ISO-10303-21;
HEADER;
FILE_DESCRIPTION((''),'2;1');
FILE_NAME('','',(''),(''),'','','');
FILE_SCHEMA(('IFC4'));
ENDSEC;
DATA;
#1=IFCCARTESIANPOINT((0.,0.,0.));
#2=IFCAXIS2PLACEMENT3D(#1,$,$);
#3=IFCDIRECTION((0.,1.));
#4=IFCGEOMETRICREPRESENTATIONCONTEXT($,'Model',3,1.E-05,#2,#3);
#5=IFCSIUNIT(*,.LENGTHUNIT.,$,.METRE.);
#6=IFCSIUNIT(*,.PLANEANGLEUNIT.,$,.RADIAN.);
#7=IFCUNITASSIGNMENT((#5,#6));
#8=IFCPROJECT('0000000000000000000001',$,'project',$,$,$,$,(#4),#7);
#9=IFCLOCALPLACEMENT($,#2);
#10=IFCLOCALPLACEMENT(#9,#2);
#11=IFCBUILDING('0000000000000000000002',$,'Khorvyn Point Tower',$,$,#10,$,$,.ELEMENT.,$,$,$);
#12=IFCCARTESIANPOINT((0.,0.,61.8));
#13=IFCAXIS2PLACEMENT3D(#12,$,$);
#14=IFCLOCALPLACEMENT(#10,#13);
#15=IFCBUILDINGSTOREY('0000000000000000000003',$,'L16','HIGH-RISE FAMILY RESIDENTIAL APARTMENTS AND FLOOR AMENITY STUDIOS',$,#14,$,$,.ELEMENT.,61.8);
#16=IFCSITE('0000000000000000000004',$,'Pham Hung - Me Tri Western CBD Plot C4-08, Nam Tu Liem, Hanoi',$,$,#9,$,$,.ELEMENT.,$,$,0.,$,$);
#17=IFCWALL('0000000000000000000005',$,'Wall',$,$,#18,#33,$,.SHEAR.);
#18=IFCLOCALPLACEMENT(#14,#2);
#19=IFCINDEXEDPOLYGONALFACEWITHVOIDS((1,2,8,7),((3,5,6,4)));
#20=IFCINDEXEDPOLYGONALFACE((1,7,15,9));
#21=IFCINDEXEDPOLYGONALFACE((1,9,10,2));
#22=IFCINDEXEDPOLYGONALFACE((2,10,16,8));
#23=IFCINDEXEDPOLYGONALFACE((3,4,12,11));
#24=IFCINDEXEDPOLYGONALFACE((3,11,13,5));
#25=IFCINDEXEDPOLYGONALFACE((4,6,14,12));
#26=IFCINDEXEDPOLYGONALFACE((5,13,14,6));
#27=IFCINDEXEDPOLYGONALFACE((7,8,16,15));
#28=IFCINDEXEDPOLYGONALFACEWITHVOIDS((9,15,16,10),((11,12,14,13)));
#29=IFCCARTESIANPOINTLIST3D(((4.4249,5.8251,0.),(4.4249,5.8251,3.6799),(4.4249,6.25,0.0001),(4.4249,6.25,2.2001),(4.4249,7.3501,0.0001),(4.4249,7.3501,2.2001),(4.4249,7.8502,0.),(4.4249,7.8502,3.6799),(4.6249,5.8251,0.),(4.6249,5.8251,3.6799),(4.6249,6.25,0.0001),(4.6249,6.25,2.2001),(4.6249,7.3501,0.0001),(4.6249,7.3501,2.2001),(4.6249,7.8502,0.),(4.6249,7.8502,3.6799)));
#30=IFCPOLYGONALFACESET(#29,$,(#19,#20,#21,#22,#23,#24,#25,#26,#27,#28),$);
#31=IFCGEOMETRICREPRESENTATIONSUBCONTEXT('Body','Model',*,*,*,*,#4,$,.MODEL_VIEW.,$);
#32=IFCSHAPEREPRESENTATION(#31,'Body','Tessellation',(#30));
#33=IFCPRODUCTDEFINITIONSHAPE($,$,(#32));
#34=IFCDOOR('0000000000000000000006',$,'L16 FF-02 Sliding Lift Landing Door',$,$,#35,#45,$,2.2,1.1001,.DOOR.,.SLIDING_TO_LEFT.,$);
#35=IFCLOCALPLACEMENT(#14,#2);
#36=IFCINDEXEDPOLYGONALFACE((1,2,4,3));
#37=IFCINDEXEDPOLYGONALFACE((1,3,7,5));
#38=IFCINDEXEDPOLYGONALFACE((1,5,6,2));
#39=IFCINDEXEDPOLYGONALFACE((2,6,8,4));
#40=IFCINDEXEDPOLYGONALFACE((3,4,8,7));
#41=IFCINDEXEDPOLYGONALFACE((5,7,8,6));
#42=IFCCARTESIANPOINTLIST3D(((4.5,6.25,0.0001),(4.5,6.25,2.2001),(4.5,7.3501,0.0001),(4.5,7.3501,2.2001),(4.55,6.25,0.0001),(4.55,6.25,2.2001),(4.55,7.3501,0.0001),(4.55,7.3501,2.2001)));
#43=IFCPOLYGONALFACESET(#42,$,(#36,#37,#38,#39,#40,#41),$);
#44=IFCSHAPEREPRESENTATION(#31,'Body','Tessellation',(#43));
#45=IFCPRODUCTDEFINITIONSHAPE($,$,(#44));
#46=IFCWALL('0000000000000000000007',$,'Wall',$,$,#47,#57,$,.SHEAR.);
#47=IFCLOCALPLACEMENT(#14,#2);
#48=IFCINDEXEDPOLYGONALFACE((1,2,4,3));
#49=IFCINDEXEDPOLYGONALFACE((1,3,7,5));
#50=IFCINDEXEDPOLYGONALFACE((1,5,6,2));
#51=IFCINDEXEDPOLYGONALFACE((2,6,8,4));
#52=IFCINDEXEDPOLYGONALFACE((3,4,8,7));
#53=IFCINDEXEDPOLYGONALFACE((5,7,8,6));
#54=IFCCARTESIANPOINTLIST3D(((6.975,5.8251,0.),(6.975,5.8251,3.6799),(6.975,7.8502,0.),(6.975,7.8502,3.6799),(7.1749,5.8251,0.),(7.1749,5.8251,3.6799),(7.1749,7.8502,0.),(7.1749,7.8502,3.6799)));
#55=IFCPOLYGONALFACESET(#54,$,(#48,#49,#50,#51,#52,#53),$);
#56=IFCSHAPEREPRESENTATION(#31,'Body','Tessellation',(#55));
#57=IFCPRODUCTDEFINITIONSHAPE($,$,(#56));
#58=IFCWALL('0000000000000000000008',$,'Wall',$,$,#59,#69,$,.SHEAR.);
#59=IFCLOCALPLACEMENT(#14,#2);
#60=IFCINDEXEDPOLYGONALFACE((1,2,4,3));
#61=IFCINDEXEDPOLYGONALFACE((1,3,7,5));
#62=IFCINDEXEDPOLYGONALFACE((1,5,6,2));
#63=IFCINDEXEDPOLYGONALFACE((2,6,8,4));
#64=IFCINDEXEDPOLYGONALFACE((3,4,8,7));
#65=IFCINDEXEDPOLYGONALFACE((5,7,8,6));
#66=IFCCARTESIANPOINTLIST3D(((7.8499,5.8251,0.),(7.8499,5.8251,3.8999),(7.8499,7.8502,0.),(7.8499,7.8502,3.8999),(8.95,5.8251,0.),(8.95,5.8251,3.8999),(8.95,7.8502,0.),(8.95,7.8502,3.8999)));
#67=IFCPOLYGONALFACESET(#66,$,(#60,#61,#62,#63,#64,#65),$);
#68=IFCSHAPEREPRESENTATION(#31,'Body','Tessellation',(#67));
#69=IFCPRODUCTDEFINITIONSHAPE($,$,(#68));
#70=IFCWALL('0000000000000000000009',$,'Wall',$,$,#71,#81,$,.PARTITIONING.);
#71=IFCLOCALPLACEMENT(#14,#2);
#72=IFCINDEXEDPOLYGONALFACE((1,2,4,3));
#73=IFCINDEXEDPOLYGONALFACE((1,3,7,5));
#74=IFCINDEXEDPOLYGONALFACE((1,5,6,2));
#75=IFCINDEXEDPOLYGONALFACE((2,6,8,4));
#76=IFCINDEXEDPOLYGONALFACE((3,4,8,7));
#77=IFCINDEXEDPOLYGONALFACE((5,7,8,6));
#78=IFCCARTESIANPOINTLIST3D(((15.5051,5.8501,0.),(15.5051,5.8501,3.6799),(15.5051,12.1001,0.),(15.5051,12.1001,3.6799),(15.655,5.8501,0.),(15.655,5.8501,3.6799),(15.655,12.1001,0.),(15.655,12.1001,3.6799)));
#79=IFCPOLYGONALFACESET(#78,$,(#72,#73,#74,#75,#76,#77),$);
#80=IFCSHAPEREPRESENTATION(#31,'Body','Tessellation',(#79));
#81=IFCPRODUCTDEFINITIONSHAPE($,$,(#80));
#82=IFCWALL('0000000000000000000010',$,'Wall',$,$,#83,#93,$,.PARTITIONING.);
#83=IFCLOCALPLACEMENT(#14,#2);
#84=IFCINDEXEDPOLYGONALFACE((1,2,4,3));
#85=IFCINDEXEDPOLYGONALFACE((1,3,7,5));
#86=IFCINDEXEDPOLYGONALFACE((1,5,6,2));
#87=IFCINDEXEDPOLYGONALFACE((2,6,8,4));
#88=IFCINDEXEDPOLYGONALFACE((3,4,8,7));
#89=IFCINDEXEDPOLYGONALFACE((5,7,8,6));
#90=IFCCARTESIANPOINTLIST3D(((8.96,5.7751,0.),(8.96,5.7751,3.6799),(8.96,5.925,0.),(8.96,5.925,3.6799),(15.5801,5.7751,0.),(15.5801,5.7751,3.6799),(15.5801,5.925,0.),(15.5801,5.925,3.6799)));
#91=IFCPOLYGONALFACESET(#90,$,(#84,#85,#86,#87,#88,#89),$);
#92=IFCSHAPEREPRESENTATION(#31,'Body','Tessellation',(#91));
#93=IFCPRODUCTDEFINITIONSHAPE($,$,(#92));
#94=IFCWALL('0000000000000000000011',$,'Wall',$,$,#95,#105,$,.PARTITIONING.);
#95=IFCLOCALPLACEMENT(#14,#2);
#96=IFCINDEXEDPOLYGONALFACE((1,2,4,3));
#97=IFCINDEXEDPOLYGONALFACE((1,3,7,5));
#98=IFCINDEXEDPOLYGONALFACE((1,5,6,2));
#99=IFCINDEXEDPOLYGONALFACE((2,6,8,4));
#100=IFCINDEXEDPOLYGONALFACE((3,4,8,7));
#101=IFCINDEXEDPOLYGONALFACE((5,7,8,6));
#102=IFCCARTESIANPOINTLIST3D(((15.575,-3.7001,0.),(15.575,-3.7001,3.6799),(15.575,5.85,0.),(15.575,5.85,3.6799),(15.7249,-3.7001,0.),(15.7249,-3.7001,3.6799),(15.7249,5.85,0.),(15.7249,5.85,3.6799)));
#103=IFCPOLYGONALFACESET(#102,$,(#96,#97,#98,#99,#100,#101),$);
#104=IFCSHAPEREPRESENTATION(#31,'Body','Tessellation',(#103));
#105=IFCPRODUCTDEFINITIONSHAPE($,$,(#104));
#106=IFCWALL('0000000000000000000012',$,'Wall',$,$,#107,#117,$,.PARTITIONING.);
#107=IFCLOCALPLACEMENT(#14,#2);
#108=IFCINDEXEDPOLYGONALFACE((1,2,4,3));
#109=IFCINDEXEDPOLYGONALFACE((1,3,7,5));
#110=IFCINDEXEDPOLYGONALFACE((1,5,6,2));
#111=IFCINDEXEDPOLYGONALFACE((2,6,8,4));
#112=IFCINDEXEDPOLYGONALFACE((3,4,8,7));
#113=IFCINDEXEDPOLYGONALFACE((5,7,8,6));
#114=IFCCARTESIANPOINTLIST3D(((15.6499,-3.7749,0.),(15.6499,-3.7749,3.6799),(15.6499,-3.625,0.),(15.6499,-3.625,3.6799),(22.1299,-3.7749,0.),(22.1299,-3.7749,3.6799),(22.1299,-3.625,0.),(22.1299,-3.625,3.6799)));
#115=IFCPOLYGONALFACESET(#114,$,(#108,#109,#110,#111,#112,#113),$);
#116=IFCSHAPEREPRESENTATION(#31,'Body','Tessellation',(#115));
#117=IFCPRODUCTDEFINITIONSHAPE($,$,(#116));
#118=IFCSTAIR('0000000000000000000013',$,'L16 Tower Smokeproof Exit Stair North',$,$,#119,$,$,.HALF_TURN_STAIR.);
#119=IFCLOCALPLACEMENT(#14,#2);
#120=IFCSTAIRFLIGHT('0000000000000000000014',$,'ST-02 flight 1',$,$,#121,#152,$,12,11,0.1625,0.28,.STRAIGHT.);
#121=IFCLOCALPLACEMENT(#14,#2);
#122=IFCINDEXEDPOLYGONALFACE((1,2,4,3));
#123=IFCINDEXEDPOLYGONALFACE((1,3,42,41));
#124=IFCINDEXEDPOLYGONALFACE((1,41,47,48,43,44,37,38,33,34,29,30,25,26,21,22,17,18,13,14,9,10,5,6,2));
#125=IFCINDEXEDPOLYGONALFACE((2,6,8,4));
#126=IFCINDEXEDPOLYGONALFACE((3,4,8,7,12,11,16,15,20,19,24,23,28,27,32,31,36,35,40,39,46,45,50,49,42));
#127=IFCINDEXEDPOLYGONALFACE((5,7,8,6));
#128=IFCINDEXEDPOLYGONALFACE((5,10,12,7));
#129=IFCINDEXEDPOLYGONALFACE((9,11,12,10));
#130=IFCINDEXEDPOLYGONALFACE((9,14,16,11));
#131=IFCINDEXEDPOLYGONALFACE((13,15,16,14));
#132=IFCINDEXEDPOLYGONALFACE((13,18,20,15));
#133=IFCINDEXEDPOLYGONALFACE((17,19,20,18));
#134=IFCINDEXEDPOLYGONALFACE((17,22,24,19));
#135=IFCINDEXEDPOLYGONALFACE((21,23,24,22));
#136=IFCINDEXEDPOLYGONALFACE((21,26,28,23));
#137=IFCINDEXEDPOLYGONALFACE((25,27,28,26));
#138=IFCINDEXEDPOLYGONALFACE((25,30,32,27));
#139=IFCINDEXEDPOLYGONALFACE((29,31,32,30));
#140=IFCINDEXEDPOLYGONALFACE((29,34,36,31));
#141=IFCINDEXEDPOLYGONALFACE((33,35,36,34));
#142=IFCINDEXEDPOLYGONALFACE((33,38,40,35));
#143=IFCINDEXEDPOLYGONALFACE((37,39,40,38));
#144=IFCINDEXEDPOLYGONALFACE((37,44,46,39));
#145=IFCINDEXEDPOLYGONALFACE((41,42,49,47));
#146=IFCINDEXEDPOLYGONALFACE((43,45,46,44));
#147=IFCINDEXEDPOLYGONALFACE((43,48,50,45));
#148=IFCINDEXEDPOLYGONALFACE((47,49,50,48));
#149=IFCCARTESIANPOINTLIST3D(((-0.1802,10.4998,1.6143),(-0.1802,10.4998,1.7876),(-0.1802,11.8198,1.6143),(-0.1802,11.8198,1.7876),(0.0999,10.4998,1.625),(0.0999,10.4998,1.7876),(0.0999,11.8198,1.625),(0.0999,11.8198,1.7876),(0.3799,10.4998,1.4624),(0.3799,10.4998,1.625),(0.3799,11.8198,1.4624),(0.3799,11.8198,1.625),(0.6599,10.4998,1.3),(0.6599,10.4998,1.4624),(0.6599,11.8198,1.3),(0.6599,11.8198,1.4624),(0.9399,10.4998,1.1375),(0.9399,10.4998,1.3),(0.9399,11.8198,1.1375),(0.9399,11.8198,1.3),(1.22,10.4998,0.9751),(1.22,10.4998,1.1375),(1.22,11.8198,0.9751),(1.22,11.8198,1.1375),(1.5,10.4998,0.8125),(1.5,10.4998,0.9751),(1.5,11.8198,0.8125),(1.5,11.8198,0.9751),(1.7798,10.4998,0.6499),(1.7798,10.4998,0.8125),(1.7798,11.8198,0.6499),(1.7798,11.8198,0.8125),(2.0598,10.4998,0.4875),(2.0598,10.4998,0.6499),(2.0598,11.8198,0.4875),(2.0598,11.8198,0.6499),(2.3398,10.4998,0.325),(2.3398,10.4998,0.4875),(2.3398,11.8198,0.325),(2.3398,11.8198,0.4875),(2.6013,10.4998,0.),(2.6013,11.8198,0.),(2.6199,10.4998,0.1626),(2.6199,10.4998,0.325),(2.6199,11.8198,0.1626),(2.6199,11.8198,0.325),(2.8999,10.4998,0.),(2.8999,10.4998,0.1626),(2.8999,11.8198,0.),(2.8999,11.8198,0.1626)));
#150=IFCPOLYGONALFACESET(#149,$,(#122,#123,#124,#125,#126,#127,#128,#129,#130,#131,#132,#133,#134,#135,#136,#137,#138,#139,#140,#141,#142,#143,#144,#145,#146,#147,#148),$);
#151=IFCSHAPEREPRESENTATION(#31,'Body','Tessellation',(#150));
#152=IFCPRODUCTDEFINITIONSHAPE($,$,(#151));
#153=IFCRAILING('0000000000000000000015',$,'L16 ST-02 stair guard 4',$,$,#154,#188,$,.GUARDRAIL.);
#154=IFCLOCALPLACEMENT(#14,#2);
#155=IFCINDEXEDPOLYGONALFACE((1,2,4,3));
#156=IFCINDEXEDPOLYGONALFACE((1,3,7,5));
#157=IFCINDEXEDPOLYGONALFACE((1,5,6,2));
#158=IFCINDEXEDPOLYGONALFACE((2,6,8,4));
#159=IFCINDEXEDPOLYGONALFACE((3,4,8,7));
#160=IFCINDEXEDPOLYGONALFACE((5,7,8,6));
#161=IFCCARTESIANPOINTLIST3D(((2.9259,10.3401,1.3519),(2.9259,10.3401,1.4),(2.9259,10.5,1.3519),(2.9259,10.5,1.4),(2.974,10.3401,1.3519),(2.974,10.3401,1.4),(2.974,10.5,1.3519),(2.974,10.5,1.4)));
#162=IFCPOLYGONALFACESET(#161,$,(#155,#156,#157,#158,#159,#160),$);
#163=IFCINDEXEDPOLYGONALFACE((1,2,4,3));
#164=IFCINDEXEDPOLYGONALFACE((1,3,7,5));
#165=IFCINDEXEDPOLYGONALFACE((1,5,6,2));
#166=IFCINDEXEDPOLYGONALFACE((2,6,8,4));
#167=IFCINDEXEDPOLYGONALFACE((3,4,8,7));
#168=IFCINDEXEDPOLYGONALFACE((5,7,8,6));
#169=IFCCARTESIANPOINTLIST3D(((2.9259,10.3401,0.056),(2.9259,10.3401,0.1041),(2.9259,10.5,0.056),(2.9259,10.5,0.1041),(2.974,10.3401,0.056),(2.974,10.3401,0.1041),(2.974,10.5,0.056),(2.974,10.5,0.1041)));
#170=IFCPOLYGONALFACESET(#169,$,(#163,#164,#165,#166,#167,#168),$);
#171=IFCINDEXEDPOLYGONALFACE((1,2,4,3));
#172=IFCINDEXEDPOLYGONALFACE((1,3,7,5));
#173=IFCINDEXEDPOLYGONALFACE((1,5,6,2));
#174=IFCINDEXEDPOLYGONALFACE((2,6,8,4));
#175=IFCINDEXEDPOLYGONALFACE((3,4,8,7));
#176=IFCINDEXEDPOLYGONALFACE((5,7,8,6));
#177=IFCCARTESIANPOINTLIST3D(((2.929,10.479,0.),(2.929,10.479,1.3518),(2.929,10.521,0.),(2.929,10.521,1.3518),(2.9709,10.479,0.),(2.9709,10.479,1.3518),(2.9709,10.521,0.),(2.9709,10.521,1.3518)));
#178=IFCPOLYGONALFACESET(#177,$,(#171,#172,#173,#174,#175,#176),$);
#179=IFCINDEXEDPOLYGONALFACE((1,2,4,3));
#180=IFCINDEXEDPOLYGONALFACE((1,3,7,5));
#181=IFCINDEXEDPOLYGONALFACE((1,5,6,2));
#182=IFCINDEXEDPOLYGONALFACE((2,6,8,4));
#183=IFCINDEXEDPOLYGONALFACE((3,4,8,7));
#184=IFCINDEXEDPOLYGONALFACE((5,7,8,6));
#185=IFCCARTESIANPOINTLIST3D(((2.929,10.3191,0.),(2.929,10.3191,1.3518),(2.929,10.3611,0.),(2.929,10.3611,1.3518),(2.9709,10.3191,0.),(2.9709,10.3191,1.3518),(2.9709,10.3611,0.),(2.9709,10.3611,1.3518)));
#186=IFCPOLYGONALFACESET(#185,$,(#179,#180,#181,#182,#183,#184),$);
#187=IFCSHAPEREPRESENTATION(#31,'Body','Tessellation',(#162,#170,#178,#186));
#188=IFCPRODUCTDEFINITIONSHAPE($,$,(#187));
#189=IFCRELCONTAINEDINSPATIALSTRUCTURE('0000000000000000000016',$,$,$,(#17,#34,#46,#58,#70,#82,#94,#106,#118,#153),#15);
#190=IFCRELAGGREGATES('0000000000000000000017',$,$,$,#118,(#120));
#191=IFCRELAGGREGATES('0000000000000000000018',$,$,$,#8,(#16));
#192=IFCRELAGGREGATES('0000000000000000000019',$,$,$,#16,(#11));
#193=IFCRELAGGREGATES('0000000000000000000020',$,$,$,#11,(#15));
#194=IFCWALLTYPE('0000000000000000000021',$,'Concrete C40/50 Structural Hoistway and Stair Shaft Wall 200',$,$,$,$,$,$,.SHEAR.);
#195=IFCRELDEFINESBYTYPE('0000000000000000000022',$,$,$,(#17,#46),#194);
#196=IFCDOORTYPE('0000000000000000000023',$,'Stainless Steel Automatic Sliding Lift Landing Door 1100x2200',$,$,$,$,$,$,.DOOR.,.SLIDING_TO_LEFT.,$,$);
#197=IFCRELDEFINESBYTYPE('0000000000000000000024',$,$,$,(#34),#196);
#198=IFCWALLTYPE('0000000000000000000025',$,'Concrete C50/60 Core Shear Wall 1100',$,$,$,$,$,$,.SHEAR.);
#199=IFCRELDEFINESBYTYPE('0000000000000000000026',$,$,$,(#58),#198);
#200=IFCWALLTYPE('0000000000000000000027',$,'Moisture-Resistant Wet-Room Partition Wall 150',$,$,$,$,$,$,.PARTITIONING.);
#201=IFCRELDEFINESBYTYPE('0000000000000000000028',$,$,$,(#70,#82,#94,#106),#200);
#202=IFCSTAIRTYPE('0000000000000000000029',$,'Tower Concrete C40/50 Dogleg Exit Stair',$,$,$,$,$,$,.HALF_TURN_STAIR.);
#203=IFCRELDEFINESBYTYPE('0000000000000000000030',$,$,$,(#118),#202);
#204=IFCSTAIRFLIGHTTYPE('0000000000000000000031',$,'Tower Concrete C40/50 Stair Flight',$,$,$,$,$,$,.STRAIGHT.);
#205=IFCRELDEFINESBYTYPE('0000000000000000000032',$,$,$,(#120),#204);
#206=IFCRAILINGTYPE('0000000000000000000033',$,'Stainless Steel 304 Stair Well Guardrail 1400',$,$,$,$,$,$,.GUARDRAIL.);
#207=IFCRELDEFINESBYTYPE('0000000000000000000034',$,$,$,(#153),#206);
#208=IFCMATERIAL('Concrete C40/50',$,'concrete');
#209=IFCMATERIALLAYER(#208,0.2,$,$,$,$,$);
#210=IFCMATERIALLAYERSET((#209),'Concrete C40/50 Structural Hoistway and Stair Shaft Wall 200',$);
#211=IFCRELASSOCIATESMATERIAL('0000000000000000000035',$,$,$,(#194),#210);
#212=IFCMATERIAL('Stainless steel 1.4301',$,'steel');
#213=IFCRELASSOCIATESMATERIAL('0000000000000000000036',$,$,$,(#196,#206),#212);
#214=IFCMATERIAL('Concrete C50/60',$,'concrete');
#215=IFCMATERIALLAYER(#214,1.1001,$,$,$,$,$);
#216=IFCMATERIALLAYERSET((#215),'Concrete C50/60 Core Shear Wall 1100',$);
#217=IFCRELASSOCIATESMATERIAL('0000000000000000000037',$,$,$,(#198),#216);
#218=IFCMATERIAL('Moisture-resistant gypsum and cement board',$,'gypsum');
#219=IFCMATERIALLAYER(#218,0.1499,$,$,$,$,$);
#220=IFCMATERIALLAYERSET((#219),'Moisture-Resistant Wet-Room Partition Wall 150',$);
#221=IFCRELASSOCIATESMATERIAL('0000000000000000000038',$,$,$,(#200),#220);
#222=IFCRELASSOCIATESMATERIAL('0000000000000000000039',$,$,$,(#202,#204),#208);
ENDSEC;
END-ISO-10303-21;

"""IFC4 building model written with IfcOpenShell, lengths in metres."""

from ifc_helpers import new_model, si_unit, direction, frame, frame_2d, origin, origin_2d, place, context, subcontext, project, spatial, polyline, rectangle, outline, extrude, material, layer, layer_set, type_object, element, fill, aggregate, save


model = new_model("IFC4")

# Units and contexts
model_context = context("Model", 3, precision=1e-05, world=origin(), true_north=direction((0.0, 1.0)))
body_context = subcontext(model_context, "Body", "Model", "MODEL_VIEW")
ifc_project = project(units=[si_unit("LENGTHUNIT", "METRE"), si_unit("PLANEANGLEUNIT", "RADIAN")], contexts=[model_context])

# Site, building, storey
site_placement = place(None, origin())
site = spatial("IfcSite", under=ifc_project, at=site_placement, Name="Pham Hung - Me Tri Western CBD Plot C4-08, Nam Tu Liem, Hanoi", CompositionType="ELEMENT", RefElevation=0.0)
building_placement = place(site_placement, origin())
building = spatial("IfcBuilding", under=site, at=building_placement, Name="Khorvyn Point Tower", CompositionType="ELEMENT")
storey_placement = place(building_placement, frame((0.0, 0.0, 61.8)))
storey = spatial("IfcBuildingStorey", under=building, at=storey_placement, Name="L16", Description="HIGH-RISE FAMILY RESIDENTIAL APARTMENTS AND FLOOR AMENITY STUDIOS", CompositionType="ELEMENT", Elevation=61.8)

# Shared definitions
ifc_material_1 = material(Name="Concrete C50/60", Category="concrete")

# Shared definitions
ifc_material_2 = material(Name="Concrete C40/50", Category="concrete")

# Wall, opening, door
ifc_layer_1 = layer(ifc_material_2, 0.2)
ifc_layer_set_1 = layer_set([ifc_layer_1], Name="Concrete C40/50 Structural Hoistway and Stair Shaft Wall 200")
wall_type_1 = type_object("IfcWallType", Name="Concrete C40/50 Structural Hoistway and Stair Shaft Wall 200", PredefinedType="SHEAR", material=ifc_layer_set_1)
wall_1_placement = place(storey_placement, frame((4.5249, 5.825, 0.0), z_axis=(0.0, 0.0, 1.0), x_axis=(0.0, 1.0, 0.0)))
wall_1 = element("IfcWall", 1, at=wall_1_placement, inside=storey, type_object=wall_type_1, Name="Wall", PredefinedType="SHEAR", context=body_context, shape_type="SweptSolid", body=[
    extrude(rectangle(XDim=2.0251, YDim=0.2, at=frame_2d((1.0127, 0.0))), origin(), (0.0, 0.0, 1.0), 3.6799),
])
opening_placement = place(wall_1_placement, frame((0.425, 0.0, 0.0)))
opening = element("IfcOpeningElement", 2, at=opening_placement, cuts=wall_1, PredefinedType="OPENING", context=body_context, shape_type="SweptSolid", body=[
    extrude(rectangle(XDim=1.1001, YDim=2.2, at=frame_2d((0.55, 1.1001))), frame((0.0, 0.1099, 0.0), z_axis=(0.0, -1.0, 0.0), x_axis=(1.0, 0.0, 0.0)), (0.0, 0.0, 1.0), 0.22),
])
ifc_material_3 = material(Name="Stainless steel 1.4301", Category="steel")
door_type = type_object("IfcDoorType", Name="Stainless Steel Automatic Sliding Lift Landing Door 1100x2200", OperationType="SLIDING_TO_LEFT", PredefinedType="DOOR", material=ifc_material_3)
door_placement = place(opening_placement, origin())
door = element("IfcDoor", 3, at=door_placement, inside=storey, type_object=door_type, Name="L16 FF-02 Sliding Lift Landing Door", OperationType="SLIDING_TO_LEFT", OverallHeight=2.2, OverallWidth=1.1001, PredefinedType="DOOR", context=body_context, shape_type="SweptSolid", body=[
    extrude(rectangle(XDim=1.1001, YDim=2.2, at=frame_2d((0.55, 1.1001))), frame((0.0, 0.0249, 0.0), z_axis=(0.0, -1.0, 0.0), x_axis=(1.0, 0.0, 0.0)), (0.0, 0.0, 1.0), 0.05),
])
fill(opening, door)

# Walls
wall_2_placement = place(storey_placement, frame((7.075, 5.825, 0.0), z_axis=(0.0, 0.0, 1.0), x_axis=(0.0, 1.0, 0.0)))
element("IfcWall", 4, at=wall_2_placement, inside=storey, type_object=wall_type_1, Name="Wall", PredefinedType="SHEAR", context=body_context, shape_type="SweptSolid", body=[
    extrude(rectangle(XDim=2.0251, YDim=0.2, at=frame_2d((1.0127, 0.0))), origin(), (0.0, 0.0, 1.0), 3.6799),
])
ifc_layer_2 = layer(ifc_material_1, 1.1001)
ifc_layer_set_2 = layer_set([ifc_layer_2], Name="Concrete C50/60 Core Shear Wall 1100")
wall_type_2 = type_object("IfcWallType", Name="Concrete C50/60 Core Shear Wall 1100", PredefinedType="SHEAR", material=ifc_layer_set_2)
wall_3_placement = place(storey_placement, frame((8.3999, 5.825, 0.0), z_axis=(0.0, 0.0, 1.0), x_axis=(0.0, 1.0, 0.0)))
element("IfcWall", 5, at=wall_3_placement, inside=storey, type_object=wall_type_2, Name="Wall", PredefinedType="SHEAR", context=body_context, shape_type="SweptSolid", body=[
    extrude(rectangle(XDim=2.0251, YDim=1.1001, at=frame_2d((1.0127, 0.0))), origin(), (0.0, 0.0, 1.0), 3.8999),
])
ifc_material_4 = material(Name="Moisture-resistant gypsum and cement board", Category="gypsum")
ifc_layer_3 = layer(ifc_material_4, 0.1499)
ifc_layer_set_3 = layer_set([ifc_layer_3], Name="Moisture-Resistant Wet-Room Partition Wall 150")
wall_type_3 = type_object("IfcWallType", Name="Moisture-Resistant Wet-Room Partition Wall 150", PredefinedType="PARTITIONING", material=ifc_layer_set_3)
wall_4_placement = place(storey_placement, frame((15.5801, 5.8501, 0.0), z_axis=(0.0, 0.0, 1.0), x_axis=(0.0, 1.0, 0.0)))
element("IfcWall", 6, at=wall_4_placement, inside=storey, type_object=wall_type_3, Name="Wall", PredefinedType="PARTITIONING", context=body_context, shape_type="SweptSolid", body=[
    extrude(rectangle(XDim=6.25, YDim=0.1499, at=frame_2d((3.125, 0.0))), origin(), (0.0, 0.0, 1.0), 3.6799),
])
wall_5_placement = place(storey_placement, frame((8.96, 5.8501, 0.0), z_axis=(0.0, 0.0, 1.0), x_axis=(1.0, 0.0, 0.0)))
element("IfcWall", 7, at=wall_5_placement, inside=storey, type_object=wall_type_3, Name="Wall", PredefinedType="PARTITIONING", context=body_context, shape_type="SweptSolid", body=[
    extrude(rectangle(XDim=6.6201, YDim=0.1499, at=frame_2d((3.3101, 0.0))), origin(), (0.0, 0.0, 1.0), 3.6799),
])
wall_6_placement = place(storey_placement, frame((15.6499, -3.7, 0.0), z_axis=(0.0, 0.0, 1.0), x_axis=(0.0, 1.0, 0.0)))
element("IfcWall", 8, at=wall_6_placement, inside=storey, type_object=wall_type_3, Name="Wall", PredefinedType="PARTITIONING", context=body_context, shape_type="SweptSolid", body=[
    extrude(rectangle(XDim=9.55, YDim=0.1499, at=frame_2d((4.7749, 0.0))), origin(), (0.0, 0.0, 1.0), 3.6799),
])
wall_7_placement = place(storey_placement, frame((15.6499, -3.7, 0.0), z_axis=(0.0, 0.0, 1.0), x_axis=(1.0, 0.0, 0.0)))
element("IfcWall", 9, at=wall_7_placement, inside=storey, type_object=wall_type_3, Name="Wall", PredefinedType="PARTITIONING", context=body_context, shape_type="SweptSolid", body=[
    extrude(rectangle(XDim=6.48, YDim=0.1499, at=frame_2d((3.24, 0.0))), origin(), (0.0, 0.0, 1.0), 3.6799),
])

# Stair, stair flight
stair_type = type_object("IfcStairType", Name="Tower Concrete C40/50 Dogleg Exit Stair", PredefinedType="HALF_TURN_STAIR", material=ifc_material_2)
stair_placement = place(storey_placement, origin())
stair = element("IfcStair", 10, at=stair_placement, inside=storey, type_object=stair_type, Name="L16 Tower Smokeproof Exit Stair North", PredefinedType="HALF_TURN_STAIR")
stair_flight_type = type_object("IfcStairFlightType", Name="Tower Concrete C40/50 Stair Flight", PredefinedType="STRAIGHT", material=ifc_material_2)
stair_flight_placement = place(storey_placement, frame((2.8999, 11.1599, 0.0), z_axis=(0.0, 0.0, 1.0), x_axis=(-1.0, 0.0, 0.0)))
stair_flight = element("IfcStairFlight", 11, at=stair_flight_placement, type_object=stair_flight_type, Name="ST-02 flight 1", NumberOfRisers=12, NumberOfTreads=11, PredefinedType="STRAIGHT", RiserHeight=0.1625, TreadLength=0.28, context=body_context, shape_type="SweptSolid", body=[
    extrude(outline(polyline([(0.0, 0.0), (0.0, 0.1626), (0.28, 0.1626), (0.28, 0.325), (0.5601, 0.325), (0.5601, 0.4875), (0.8401, 0.4875), (0.8401, 0.6499), (1.1201, 0.6499), (1.1201, 0.8125), (1.3999, 0.8125), (1.3999, 0.9751), (1.6799, 0.9751), (1.6799, 1.1375), (1.96, 1.1375), (1.96, 1.3), (2.24, 1.3), (2.24, 1.4624), (2.52, 1.4624), (2.52, 1.625), (2.8, 1.625), (2.8, 1.7876), (3.0801, 1.7876), (3.0801, 1.95), (3.0801, 1.6143), (0.2986, 0.0), (0.0, 0.0)])), frame((0.0, 0.6602, 0.0), z_axis=(0.0, -1.0, 0.0), x_axis=(1.0, 0.0, 0.0)), (0.0, 0.0, 1.0), 1.3201),
])
aggregate(stair, [stair_flight])

# Railing
railing_type = type_object("IfcRailingType", Name="Stainless Steel 304 Stair Well Guardrail 1400", PredefinedType="GUARDRAIL", material=ifc_material_3)
railing_placement = place(storey_placement, frame((2.95, 10.5, 0.0)))
element("IfcRailing", 12, at=railing_placement, inside=storey, type_object=railing_type, Name="L16 ST-02 stair guard 4", PredefinedType="GUARDRAIL", context=body_context, shape_type="SweptSolid", body=[
    extrude(rectangle(XDim=0.0481, YDim=0.0481, at=origin_2d()), frame((0.0, 0.0, 1.376), z_axis=(0.0, -1.0, 0.0), x_axis=(1.0, 0.0, 0.0)), (0.0, 0.0, 1.0), 0.1599),
    extrude(rectangle(XDim=0.0481, YDim=0.0481, at=origin_2d()), frame((0.0, 0.0, 0.0801), z_axis=(0.0, -1.0, 0.0), x_axis=(1.0, 0.0, 0.0)), (0.0, 0.0, 1.0), 0.1599),
    extrude(rectangle(XDim=0.042, YDim=0.042, at=origin_2d()), origin(), (0.0, 0.0, 1.0), 1.3518),
    extrude(rectangle(XDim=0.042, YDim=0.042, at=origin_2d()), frame((0.0, -0.1599, 0.0)), (0.0, 0.0, 1.0), 1.3518),
])

save(model, "model.ifc")
